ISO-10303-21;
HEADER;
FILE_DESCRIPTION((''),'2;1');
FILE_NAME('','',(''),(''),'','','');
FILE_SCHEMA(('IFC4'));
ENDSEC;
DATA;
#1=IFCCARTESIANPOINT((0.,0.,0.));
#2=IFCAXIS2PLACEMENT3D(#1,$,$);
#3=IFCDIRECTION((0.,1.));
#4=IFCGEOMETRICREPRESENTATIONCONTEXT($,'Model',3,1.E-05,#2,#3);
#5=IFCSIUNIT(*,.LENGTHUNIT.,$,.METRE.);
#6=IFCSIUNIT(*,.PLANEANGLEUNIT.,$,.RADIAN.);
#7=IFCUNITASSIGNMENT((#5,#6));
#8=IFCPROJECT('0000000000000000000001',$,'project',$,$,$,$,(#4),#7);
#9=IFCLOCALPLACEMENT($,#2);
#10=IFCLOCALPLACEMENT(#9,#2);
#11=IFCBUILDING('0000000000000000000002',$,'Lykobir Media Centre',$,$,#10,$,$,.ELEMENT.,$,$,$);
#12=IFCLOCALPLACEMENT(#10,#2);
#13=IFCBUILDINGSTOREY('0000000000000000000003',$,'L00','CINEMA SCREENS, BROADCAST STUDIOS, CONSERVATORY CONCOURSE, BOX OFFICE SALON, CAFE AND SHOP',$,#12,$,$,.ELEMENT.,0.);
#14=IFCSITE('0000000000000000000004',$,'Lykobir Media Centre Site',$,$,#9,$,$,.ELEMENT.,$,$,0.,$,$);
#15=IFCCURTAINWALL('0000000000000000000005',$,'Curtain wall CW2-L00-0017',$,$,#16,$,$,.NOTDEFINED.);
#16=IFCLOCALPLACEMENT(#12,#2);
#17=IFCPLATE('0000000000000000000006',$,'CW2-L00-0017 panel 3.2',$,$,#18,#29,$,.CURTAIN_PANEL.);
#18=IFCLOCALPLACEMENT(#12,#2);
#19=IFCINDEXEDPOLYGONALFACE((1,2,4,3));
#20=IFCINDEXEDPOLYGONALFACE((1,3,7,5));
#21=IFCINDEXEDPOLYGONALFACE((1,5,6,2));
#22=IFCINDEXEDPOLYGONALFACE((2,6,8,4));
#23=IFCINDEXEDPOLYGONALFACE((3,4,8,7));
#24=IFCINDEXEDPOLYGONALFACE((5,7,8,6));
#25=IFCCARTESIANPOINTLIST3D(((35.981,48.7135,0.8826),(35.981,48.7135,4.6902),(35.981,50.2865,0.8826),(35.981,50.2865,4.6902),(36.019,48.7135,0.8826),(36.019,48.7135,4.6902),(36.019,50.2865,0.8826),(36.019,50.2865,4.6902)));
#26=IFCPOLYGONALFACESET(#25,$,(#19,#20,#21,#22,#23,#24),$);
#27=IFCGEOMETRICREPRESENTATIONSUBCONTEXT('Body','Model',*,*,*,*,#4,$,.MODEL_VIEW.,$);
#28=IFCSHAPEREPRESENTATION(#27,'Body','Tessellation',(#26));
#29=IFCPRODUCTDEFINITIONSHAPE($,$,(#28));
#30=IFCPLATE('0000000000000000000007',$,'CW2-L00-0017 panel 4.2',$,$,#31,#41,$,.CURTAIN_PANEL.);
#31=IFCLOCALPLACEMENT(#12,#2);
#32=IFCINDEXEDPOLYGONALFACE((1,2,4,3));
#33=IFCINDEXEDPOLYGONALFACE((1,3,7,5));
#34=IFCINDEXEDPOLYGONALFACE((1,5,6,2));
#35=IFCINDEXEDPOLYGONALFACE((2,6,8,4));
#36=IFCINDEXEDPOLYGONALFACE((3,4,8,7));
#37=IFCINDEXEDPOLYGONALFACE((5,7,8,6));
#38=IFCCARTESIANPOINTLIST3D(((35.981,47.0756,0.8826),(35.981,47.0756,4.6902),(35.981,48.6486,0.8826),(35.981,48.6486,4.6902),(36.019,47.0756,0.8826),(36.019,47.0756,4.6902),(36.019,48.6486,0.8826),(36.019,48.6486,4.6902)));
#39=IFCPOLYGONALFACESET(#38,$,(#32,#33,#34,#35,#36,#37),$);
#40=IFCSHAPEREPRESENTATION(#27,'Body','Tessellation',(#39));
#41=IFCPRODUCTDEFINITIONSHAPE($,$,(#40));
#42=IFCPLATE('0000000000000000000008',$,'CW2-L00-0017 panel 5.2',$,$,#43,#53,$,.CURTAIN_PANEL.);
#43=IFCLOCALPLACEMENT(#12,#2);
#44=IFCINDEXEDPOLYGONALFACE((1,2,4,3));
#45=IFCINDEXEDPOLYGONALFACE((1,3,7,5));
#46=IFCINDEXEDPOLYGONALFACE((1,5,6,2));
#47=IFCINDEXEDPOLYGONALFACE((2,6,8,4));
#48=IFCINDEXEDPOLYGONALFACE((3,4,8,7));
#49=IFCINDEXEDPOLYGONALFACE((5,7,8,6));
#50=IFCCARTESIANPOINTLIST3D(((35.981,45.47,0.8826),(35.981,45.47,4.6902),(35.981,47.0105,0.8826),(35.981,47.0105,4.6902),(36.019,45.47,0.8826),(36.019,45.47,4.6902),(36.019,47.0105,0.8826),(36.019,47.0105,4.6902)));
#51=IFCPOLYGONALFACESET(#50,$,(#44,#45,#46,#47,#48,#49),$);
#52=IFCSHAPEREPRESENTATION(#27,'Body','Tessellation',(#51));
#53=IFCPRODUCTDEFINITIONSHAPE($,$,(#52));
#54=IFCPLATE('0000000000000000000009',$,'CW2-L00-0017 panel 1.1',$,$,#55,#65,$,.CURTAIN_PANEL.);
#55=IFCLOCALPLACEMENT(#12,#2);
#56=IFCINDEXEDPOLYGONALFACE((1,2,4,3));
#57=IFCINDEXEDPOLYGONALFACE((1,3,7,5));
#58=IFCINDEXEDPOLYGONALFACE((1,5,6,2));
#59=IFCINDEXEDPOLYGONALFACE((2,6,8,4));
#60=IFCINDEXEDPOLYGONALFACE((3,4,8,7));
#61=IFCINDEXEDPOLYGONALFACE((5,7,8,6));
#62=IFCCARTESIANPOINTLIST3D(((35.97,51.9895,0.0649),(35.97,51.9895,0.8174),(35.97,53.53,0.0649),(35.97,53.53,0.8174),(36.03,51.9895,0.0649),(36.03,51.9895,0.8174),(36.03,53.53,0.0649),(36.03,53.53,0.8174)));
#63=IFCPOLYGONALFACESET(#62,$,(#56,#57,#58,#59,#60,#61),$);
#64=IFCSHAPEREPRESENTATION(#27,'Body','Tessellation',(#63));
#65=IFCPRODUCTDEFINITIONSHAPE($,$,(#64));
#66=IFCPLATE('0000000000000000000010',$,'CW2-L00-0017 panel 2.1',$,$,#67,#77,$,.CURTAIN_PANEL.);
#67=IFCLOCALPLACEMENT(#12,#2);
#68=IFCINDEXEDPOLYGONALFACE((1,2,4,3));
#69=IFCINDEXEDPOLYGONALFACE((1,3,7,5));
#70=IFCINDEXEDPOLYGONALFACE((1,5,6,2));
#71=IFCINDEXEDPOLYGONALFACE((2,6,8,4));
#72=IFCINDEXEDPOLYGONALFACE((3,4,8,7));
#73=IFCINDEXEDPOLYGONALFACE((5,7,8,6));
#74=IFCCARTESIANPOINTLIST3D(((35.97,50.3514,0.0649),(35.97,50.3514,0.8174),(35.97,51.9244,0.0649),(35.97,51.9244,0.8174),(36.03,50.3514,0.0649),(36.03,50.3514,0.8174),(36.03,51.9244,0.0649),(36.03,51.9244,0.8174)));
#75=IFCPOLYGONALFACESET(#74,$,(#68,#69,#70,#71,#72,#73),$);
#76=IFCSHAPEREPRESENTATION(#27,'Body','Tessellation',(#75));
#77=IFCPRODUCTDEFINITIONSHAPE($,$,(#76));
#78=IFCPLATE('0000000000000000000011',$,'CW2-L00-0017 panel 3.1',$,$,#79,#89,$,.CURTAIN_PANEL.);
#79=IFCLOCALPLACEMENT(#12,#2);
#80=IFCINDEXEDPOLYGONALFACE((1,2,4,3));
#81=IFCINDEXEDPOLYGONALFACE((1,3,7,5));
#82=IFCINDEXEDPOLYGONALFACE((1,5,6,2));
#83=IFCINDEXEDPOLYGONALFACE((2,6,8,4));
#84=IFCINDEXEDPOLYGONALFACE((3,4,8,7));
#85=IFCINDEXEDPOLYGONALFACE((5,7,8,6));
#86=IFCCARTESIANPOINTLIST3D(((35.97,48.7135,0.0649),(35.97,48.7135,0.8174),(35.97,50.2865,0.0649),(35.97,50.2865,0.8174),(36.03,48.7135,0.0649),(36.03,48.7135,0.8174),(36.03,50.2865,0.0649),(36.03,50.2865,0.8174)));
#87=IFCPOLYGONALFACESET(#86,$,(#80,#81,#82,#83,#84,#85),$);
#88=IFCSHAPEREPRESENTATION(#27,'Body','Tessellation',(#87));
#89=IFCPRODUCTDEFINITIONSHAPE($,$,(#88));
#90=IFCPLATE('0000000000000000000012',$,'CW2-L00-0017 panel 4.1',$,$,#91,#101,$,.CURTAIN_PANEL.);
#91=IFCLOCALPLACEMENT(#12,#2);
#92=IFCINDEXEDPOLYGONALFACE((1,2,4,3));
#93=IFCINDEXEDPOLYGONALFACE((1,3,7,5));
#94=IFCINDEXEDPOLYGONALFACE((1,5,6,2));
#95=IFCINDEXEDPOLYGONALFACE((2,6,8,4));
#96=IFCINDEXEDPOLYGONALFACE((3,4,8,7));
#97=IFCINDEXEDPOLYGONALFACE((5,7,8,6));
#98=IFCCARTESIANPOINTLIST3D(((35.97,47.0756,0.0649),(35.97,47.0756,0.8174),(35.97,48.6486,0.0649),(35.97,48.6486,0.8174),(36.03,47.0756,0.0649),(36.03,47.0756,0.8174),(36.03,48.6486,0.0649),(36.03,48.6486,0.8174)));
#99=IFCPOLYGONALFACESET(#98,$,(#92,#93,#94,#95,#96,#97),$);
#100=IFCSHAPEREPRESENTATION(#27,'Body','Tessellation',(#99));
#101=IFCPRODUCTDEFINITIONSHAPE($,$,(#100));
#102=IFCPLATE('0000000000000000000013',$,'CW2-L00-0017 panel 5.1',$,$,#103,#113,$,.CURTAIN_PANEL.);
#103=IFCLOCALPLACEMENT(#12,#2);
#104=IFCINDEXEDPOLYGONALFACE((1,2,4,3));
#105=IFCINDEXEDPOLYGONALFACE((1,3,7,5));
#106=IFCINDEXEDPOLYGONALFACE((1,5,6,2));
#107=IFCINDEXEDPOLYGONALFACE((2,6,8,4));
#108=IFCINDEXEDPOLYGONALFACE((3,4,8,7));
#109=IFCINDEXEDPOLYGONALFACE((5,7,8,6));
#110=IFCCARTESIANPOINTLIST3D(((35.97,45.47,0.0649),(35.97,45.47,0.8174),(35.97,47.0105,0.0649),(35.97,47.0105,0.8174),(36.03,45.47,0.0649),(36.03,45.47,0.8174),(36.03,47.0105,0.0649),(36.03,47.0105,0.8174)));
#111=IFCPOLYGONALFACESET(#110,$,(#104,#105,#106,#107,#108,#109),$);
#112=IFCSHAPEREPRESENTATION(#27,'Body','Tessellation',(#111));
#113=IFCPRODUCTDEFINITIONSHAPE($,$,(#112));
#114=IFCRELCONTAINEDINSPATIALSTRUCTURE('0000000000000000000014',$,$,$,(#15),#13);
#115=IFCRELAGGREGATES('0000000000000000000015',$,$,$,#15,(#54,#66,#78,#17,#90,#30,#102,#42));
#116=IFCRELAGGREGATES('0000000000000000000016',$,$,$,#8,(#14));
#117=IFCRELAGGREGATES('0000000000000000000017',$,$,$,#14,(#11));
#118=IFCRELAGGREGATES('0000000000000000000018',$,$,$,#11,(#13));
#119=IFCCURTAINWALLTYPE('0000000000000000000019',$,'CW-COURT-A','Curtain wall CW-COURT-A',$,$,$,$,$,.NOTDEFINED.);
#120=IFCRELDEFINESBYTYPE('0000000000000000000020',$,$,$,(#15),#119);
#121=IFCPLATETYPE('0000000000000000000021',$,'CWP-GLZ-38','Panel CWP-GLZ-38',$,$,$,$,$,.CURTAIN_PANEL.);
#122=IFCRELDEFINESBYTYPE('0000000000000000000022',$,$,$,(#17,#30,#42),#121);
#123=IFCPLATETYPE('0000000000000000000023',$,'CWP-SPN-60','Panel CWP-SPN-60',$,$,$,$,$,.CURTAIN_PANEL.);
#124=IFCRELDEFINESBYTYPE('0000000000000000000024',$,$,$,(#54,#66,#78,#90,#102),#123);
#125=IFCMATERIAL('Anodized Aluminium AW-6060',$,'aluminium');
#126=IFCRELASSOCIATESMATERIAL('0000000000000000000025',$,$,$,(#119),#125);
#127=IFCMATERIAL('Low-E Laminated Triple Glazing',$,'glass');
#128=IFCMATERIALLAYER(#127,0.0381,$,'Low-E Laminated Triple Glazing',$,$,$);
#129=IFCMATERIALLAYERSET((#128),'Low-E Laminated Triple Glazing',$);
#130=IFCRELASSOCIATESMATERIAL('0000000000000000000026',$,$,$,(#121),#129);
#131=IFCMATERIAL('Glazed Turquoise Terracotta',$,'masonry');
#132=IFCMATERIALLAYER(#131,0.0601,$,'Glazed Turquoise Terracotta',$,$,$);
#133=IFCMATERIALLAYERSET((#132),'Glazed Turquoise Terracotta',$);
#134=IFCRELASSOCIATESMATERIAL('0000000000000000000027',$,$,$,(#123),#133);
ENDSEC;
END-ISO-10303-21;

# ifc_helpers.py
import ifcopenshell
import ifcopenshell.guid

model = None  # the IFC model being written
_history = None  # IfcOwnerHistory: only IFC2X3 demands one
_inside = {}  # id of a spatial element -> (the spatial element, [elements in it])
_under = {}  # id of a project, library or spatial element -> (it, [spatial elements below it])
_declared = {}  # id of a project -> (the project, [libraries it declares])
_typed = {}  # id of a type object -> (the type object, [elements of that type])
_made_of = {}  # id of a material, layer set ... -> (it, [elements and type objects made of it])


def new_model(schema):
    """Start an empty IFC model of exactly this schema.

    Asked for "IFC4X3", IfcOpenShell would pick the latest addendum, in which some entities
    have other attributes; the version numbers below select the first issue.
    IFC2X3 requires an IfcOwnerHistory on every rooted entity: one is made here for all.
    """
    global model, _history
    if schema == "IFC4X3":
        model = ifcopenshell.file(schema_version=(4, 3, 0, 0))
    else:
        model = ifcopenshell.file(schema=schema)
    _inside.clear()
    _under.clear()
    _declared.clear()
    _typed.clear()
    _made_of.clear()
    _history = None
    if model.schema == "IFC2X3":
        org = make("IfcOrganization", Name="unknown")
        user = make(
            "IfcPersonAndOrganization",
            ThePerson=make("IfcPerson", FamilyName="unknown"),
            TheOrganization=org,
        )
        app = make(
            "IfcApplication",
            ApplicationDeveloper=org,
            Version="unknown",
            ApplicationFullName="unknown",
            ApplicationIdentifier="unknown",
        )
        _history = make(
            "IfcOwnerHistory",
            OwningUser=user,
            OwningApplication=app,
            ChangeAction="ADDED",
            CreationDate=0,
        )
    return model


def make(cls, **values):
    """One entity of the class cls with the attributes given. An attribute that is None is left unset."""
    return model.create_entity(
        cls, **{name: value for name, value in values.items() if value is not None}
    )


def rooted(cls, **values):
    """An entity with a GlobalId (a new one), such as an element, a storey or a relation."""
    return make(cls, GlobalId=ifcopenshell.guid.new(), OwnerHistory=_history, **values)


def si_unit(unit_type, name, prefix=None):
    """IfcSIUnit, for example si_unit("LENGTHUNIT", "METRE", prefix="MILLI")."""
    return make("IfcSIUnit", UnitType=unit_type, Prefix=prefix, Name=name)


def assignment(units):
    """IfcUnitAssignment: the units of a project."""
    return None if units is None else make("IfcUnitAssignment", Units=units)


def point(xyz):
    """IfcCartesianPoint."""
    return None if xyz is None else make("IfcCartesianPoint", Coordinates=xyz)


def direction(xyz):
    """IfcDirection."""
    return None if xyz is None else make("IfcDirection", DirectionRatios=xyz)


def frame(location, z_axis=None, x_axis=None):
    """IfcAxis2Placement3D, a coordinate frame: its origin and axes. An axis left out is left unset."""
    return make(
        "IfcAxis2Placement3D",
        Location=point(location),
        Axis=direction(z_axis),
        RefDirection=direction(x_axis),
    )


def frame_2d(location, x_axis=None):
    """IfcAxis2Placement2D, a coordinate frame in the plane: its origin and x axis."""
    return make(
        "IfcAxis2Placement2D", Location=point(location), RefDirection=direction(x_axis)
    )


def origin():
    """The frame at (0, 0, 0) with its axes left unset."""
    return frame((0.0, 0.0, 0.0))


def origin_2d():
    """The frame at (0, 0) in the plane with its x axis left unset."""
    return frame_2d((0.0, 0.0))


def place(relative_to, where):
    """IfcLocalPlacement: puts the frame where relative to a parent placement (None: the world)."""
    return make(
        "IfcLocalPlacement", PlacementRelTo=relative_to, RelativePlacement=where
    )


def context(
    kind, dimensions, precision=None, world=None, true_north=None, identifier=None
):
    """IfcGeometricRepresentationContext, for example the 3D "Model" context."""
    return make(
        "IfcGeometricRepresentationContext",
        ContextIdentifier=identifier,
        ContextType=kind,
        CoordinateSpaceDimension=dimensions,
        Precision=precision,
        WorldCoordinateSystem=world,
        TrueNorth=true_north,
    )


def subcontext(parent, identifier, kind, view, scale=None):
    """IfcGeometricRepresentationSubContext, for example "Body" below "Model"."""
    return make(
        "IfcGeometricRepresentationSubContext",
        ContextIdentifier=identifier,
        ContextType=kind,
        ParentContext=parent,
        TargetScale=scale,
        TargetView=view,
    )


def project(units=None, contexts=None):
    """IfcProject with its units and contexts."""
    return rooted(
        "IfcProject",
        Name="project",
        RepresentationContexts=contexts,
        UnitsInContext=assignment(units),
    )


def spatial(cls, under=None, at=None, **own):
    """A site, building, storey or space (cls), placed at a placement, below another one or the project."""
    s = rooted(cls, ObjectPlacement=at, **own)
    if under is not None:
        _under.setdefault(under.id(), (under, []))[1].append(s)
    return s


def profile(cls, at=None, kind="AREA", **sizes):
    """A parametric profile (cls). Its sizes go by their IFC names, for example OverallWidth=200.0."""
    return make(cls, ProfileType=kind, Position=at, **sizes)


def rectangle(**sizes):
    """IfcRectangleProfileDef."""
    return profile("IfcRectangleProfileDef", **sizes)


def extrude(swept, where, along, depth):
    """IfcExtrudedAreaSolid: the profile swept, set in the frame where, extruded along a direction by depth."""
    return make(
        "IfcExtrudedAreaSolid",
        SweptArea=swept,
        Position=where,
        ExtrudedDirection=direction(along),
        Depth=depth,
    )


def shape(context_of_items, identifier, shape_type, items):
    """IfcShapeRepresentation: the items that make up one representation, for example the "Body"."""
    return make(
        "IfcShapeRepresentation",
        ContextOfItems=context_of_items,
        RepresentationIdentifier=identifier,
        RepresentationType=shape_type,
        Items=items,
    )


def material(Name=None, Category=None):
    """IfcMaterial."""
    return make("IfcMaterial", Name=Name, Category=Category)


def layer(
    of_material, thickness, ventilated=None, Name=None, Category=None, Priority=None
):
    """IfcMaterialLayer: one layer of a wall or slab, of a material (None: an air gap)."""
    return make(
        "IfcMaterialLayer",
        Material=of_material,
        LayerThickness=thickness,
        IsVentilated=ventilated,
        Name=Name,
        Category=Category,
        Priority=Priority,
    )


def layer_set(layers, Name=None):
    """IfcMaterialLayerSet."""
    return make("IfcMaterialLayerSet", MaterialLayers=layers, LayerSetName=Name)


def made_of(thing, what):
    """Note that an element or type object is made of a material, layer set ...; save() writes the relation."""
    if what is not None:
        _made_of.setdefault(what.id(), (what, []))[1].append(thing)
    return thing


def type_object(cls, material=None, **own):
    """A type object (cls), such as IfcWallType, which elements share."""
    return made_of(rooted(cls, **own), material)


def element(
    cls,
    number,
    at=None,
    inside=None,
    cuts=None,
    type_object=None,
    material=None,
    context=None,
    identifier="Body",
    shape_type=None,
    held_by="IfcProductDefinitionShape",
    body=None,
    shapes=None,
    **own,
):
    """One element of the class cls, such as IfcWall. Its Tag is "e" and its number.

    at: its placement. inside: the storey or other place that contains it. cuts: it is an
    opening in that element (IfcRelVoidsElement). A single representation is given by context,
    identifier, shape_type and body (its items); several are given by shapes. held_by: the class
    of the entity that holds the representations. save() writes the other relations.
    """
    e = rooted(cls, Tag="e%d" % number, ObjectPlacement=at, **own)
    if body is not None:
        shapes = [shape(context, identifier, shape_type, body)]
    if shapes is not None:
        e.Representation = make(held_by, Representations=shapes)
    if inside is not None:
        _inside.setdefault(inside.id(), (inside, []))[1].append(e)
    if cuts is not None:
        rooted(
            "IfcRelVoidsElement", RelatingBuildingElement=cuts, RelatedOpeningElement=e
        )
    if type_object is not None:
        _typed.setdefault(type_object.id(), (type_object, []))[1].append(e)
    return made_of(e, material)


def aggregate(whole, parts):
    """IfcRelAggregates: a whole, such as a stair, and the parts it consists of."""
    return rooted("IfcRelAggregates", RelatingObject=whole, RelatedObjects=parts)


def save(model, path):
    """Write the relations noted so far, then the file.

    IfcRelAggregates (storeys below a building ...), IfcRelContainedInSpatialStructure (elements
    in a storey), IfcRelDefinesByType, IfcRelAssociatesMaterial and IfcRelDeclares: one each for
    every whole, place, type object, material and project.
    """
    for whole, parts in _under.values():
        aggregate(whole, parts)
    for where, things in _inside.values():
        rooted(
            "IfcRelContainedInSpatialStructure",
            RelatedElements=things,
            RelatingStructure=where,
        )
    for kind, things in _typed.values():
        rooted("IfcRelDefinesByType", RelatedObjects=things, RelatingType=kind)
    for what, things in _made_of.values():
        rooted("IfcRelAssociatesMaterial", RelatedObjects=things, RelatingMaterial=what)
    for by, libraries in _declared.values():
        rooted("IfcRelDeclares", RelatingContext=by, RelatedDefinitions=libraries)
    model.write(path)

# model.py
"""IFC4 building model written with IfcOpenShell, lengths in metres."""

from ifc_helpers import new_model, si_unit, direction, frame, origin, origin_2d, place, context, subcontext, project, spatial, rectangle, extrude, material, layer, layer_set, type_object, element, aggregate, save


model = new_model("IFC4")

# Units and contexts
model_context = context("Model", 3, precision=1e-05, world=origin(), true_north=direction((0.0, 1.0)))
body_context = subcontext(model_context, "Body", "Model", "MODEL_VIEW")
ifc_project = project(units=[si_unit("LENGTHUNIT", "METRE"), si_unit("PLANEANGLEUNIT", "RADIAN")], contexts=[model_context])

# Site, building, storey
site_placement = place(None, origin())
site = spatial("IfcSite", under=ifc_project, at=site_placement, Name="Lykobir Media Centre Site", CompositionType="ELEMENT", RefElevation=0.0)
building_placement = place(site_placement, origin())
building = spatial("IfcBuilding", under=site, at=building_placement, Name="Lykobir Media Centre", CompositionType="ELEMENT")
storey_placement = place(building_placement, origin())
storey = spatial("IfcBuildingStorey", under=building, at=storey_placement, Name="L00", Description="CINEMA SCREENS, BROADCAST STUDIOS, CONSERVATORY CONCOURSE, BOX OFFICE SALON, CAFE AND SHOP", CompositionType="ELEMENT", Elevation=0.0)

# Shared definitions
ifc_material_1 = material(Name="Anodized Aluminium AW-6060", Category="aluminium")
curtain_wall_type = type_object("IfcCurtainWallType", Name="CW-COURT-A", Description="Curtain wall CW-COURT-A", PredefinedType="NOTDEFINED", material=ifc_material_1)

# Curtain wall, plates
curtain_wall_1_placement = place(storey_placement, origin())
curtain_wall_1 = element("IfcCurtainWall", 1, at=curtain_wall_1_placement, inside=storey, type_object=curtain_wall_type, Name="Curtain wall CW2-L00-0017", PredefinedType="NOTDEFINED")
ifc_material_2 = material(Name="Low-E Laminated Triple Glazing", Category="glass")
ifc_layer_1 = layer(ifc_material_2, 0.0381, Name="Low-E Laminated Triple Glazing")
ifc_layer_set_1 = layer_set([ifc_layer_1], Name="Low-E Laminated Triple Glazing")
plate_type_1 = type_object("IfcPlateType", Name="CWP-GLZ-38", Description="Panel CWP-GLZ-38", PredefinedType="CURTAIN_PANEL", material=ifc_layer_set_1)
plate_1_placement = place(storey_placement, frame((36.0, 49.5, 0.8826), z_axis=(0.0, 0.0, 1.0), x_axis=(0.0, -1.0, 0.0)))
plate_1 = element("IfcPlate", 2, at=plate_1_placement, type_object=plate_type_1, Name="CW2-L00-0017 panel 3.2", PredefinedType="CURTAIN_PANEL", context=body_context, shape_type="SweptSolid", body=[
    extrude(rectangle(XDim=1.573, YDim=0.0381, at=origin_2d()), origin(), (0.0, 0.0, 1.0), 3.8076),
])
plate_2_placement = place(storey_placement, frame((36.0, 47.8621, 0.8826), z_axis=(0.0, 0.0, 1.0), x_axis=(0.0, -1.0, 0.0)))
plate_2 = element("IfcPlate", 3, at=plate_2_placement, type_object=plate_type_1, Name="CW2-L00-0017 panel 4.2", PredefinedType="CURTAIN_PANEL", context=body_context, shape_type="SweptSolid", body=[
    extrude(rectangle(XDim=1.573, YDim=0.0381, at=origin_2d()), origin(), (0.0, 0.0, 1.0), 3.8076),
])
plate_3_placement = place(storey_placement, frame((36.0, 46.2402, 0.8826), z_axis=(0.0, 0.0, 1.0), x_axis=(0.0, -1.0, 0.0)))
plate_3 = element("IfcPlate", 4, at=plate_3_placement, type_object=plate_type_1, Name="CW2-L00-0017 panel 5.2", PredefinedType="CURTAIN_PANEL", context=body_context, shape_type="SweptSolid", body=[
    extrude(rectangle(XDim=1.5405, YDim=0.0381, at=origin_2d()), origin(), (0.0, 0.0, 1.0), 3.8076),
])
ifc_material_3 = material(Name="Glazed Turquoise Terracotta", Category="masonry")
ifc_layer_2 = layer(ifc_material_3, 0.0601, Name="Glazed Turquoise Terracotta")
ifc_layer_set_2 = layer_set([ifc_layer_2], Name="Glazed Turquoise Terracotta")
plate_type_2 = type_object("IfcPlateType", Name="CWP-SPN-60", Description="Panel CWP-SPN-60", PredefinedType="CURTAIN_PANEL", material=ifc_layer_set_2)
plate_4_placement = place(storey_placement, frame((36.0, 52.7598, 0.0649), z_axis=(0.0, 0.0, 1.0), x_axis=(0.0, -1.0, 0.0)))
plate_4 = element("IfcPlate", 5, at=plate_4_placement, type_object=plate_type_2, Name="CW2-L00-0017 panel 1.1", PredefinedType="CURTAIN_PANEL", context=body_context, shape_type="SweptSolid", body=[
    extrude(rectangle(XDim=1.5405, YDim=0.0601, at=origin_2d()), origin(), (0.0, 0.0, 1.0), 0.7524),
])
plate_5_placement = place(storey_placement, frame((36.0, 51.1379, 0.0649), z_axis=(0.0, 0.0, 1.0), x_axis=(0.0, -1.0, 0.0)))
plate_5 = element("IfcPlate", 6, at=plate_5_placement, type_object=plate_type_2, Name="CW2-L00-0017 panel 2.1", PredefinedType="CURTAIN_PANEL", context=body_context, shape_type="SweptSolid", body=[
    extrude(rectangle(XDim=1.573, YDim=0.0601, at=origin_2d()), origin(), (0.0, 0.0, 1.0), 0.7524),
])
plate_6_placement = place(storey_placement, frame((36.0, 49.5, 0.0649), z_axis=(0.0, 0.0, 1.0), x_axis=(0.0, -1.0, 0.0)))
plate_6 = element("IfcPlate", 7, at=plate_6_placement, type_object=plate_type_2, Name="CW2-L00-0017 panel 3.1", PredefinedType="CURTAIN_PANEL", context=body_context, shape_type="SweptSolid", body=[
    extrude(rectangle(XDim=1.573, YDim=0.0601, at=origin_2d()), origin(), (0.0, 0.0, 1.0), 0.7524),
])
plate_7_placement = place(storey_placement, frame((36.0, 47.8621, 0.0649), z_axis=(0.0, 0.0, 1.0), x_axis=(0.0, -1.0, 0.0)))
plate_7 = element("IfcPlate", 8, at=plate_7_placement, type_object=plate_type_2, Name="CW2-L00-0017 panel 4.1", PredefinedType="CURTAIN_PANEL", context=body_context, shape_type="SweptSolid", body=[
    extrude(rectangle(XDim=1.573, YDim=0.0601, at=origin_2d()), origin(), (0.0, 0.0, 1.0), 0.7524),
])
plate_8_placement = place(storey_placement, frame((36.0, 46.2402, 0.0649), z_axis=(0.0, 0.0, 1.0), x_axis=(0.0, -1.0, 0.0)))
plate_8 = element("IfcPlate", 9, at=plate_8_placement, type_object=plate_type_2, Name="CW2-L00-0017 panel 5.1", PredefinedType="CURTAIN_PANEL", context=body_context, shape_type="SweptSolid", body=[
    extrude(rectangle(XDim=1.5405, YDim=0.0601, at=origin_2d()), origin(), (0.0, 0.0, 1.0), 0.7524),
])
aggregate(curtain_wall_1, [plate_4, plate_5, plate_6, plate_1, plate_7, plate_2, plate_8, plate_3])

save(model, "model.ifc")
